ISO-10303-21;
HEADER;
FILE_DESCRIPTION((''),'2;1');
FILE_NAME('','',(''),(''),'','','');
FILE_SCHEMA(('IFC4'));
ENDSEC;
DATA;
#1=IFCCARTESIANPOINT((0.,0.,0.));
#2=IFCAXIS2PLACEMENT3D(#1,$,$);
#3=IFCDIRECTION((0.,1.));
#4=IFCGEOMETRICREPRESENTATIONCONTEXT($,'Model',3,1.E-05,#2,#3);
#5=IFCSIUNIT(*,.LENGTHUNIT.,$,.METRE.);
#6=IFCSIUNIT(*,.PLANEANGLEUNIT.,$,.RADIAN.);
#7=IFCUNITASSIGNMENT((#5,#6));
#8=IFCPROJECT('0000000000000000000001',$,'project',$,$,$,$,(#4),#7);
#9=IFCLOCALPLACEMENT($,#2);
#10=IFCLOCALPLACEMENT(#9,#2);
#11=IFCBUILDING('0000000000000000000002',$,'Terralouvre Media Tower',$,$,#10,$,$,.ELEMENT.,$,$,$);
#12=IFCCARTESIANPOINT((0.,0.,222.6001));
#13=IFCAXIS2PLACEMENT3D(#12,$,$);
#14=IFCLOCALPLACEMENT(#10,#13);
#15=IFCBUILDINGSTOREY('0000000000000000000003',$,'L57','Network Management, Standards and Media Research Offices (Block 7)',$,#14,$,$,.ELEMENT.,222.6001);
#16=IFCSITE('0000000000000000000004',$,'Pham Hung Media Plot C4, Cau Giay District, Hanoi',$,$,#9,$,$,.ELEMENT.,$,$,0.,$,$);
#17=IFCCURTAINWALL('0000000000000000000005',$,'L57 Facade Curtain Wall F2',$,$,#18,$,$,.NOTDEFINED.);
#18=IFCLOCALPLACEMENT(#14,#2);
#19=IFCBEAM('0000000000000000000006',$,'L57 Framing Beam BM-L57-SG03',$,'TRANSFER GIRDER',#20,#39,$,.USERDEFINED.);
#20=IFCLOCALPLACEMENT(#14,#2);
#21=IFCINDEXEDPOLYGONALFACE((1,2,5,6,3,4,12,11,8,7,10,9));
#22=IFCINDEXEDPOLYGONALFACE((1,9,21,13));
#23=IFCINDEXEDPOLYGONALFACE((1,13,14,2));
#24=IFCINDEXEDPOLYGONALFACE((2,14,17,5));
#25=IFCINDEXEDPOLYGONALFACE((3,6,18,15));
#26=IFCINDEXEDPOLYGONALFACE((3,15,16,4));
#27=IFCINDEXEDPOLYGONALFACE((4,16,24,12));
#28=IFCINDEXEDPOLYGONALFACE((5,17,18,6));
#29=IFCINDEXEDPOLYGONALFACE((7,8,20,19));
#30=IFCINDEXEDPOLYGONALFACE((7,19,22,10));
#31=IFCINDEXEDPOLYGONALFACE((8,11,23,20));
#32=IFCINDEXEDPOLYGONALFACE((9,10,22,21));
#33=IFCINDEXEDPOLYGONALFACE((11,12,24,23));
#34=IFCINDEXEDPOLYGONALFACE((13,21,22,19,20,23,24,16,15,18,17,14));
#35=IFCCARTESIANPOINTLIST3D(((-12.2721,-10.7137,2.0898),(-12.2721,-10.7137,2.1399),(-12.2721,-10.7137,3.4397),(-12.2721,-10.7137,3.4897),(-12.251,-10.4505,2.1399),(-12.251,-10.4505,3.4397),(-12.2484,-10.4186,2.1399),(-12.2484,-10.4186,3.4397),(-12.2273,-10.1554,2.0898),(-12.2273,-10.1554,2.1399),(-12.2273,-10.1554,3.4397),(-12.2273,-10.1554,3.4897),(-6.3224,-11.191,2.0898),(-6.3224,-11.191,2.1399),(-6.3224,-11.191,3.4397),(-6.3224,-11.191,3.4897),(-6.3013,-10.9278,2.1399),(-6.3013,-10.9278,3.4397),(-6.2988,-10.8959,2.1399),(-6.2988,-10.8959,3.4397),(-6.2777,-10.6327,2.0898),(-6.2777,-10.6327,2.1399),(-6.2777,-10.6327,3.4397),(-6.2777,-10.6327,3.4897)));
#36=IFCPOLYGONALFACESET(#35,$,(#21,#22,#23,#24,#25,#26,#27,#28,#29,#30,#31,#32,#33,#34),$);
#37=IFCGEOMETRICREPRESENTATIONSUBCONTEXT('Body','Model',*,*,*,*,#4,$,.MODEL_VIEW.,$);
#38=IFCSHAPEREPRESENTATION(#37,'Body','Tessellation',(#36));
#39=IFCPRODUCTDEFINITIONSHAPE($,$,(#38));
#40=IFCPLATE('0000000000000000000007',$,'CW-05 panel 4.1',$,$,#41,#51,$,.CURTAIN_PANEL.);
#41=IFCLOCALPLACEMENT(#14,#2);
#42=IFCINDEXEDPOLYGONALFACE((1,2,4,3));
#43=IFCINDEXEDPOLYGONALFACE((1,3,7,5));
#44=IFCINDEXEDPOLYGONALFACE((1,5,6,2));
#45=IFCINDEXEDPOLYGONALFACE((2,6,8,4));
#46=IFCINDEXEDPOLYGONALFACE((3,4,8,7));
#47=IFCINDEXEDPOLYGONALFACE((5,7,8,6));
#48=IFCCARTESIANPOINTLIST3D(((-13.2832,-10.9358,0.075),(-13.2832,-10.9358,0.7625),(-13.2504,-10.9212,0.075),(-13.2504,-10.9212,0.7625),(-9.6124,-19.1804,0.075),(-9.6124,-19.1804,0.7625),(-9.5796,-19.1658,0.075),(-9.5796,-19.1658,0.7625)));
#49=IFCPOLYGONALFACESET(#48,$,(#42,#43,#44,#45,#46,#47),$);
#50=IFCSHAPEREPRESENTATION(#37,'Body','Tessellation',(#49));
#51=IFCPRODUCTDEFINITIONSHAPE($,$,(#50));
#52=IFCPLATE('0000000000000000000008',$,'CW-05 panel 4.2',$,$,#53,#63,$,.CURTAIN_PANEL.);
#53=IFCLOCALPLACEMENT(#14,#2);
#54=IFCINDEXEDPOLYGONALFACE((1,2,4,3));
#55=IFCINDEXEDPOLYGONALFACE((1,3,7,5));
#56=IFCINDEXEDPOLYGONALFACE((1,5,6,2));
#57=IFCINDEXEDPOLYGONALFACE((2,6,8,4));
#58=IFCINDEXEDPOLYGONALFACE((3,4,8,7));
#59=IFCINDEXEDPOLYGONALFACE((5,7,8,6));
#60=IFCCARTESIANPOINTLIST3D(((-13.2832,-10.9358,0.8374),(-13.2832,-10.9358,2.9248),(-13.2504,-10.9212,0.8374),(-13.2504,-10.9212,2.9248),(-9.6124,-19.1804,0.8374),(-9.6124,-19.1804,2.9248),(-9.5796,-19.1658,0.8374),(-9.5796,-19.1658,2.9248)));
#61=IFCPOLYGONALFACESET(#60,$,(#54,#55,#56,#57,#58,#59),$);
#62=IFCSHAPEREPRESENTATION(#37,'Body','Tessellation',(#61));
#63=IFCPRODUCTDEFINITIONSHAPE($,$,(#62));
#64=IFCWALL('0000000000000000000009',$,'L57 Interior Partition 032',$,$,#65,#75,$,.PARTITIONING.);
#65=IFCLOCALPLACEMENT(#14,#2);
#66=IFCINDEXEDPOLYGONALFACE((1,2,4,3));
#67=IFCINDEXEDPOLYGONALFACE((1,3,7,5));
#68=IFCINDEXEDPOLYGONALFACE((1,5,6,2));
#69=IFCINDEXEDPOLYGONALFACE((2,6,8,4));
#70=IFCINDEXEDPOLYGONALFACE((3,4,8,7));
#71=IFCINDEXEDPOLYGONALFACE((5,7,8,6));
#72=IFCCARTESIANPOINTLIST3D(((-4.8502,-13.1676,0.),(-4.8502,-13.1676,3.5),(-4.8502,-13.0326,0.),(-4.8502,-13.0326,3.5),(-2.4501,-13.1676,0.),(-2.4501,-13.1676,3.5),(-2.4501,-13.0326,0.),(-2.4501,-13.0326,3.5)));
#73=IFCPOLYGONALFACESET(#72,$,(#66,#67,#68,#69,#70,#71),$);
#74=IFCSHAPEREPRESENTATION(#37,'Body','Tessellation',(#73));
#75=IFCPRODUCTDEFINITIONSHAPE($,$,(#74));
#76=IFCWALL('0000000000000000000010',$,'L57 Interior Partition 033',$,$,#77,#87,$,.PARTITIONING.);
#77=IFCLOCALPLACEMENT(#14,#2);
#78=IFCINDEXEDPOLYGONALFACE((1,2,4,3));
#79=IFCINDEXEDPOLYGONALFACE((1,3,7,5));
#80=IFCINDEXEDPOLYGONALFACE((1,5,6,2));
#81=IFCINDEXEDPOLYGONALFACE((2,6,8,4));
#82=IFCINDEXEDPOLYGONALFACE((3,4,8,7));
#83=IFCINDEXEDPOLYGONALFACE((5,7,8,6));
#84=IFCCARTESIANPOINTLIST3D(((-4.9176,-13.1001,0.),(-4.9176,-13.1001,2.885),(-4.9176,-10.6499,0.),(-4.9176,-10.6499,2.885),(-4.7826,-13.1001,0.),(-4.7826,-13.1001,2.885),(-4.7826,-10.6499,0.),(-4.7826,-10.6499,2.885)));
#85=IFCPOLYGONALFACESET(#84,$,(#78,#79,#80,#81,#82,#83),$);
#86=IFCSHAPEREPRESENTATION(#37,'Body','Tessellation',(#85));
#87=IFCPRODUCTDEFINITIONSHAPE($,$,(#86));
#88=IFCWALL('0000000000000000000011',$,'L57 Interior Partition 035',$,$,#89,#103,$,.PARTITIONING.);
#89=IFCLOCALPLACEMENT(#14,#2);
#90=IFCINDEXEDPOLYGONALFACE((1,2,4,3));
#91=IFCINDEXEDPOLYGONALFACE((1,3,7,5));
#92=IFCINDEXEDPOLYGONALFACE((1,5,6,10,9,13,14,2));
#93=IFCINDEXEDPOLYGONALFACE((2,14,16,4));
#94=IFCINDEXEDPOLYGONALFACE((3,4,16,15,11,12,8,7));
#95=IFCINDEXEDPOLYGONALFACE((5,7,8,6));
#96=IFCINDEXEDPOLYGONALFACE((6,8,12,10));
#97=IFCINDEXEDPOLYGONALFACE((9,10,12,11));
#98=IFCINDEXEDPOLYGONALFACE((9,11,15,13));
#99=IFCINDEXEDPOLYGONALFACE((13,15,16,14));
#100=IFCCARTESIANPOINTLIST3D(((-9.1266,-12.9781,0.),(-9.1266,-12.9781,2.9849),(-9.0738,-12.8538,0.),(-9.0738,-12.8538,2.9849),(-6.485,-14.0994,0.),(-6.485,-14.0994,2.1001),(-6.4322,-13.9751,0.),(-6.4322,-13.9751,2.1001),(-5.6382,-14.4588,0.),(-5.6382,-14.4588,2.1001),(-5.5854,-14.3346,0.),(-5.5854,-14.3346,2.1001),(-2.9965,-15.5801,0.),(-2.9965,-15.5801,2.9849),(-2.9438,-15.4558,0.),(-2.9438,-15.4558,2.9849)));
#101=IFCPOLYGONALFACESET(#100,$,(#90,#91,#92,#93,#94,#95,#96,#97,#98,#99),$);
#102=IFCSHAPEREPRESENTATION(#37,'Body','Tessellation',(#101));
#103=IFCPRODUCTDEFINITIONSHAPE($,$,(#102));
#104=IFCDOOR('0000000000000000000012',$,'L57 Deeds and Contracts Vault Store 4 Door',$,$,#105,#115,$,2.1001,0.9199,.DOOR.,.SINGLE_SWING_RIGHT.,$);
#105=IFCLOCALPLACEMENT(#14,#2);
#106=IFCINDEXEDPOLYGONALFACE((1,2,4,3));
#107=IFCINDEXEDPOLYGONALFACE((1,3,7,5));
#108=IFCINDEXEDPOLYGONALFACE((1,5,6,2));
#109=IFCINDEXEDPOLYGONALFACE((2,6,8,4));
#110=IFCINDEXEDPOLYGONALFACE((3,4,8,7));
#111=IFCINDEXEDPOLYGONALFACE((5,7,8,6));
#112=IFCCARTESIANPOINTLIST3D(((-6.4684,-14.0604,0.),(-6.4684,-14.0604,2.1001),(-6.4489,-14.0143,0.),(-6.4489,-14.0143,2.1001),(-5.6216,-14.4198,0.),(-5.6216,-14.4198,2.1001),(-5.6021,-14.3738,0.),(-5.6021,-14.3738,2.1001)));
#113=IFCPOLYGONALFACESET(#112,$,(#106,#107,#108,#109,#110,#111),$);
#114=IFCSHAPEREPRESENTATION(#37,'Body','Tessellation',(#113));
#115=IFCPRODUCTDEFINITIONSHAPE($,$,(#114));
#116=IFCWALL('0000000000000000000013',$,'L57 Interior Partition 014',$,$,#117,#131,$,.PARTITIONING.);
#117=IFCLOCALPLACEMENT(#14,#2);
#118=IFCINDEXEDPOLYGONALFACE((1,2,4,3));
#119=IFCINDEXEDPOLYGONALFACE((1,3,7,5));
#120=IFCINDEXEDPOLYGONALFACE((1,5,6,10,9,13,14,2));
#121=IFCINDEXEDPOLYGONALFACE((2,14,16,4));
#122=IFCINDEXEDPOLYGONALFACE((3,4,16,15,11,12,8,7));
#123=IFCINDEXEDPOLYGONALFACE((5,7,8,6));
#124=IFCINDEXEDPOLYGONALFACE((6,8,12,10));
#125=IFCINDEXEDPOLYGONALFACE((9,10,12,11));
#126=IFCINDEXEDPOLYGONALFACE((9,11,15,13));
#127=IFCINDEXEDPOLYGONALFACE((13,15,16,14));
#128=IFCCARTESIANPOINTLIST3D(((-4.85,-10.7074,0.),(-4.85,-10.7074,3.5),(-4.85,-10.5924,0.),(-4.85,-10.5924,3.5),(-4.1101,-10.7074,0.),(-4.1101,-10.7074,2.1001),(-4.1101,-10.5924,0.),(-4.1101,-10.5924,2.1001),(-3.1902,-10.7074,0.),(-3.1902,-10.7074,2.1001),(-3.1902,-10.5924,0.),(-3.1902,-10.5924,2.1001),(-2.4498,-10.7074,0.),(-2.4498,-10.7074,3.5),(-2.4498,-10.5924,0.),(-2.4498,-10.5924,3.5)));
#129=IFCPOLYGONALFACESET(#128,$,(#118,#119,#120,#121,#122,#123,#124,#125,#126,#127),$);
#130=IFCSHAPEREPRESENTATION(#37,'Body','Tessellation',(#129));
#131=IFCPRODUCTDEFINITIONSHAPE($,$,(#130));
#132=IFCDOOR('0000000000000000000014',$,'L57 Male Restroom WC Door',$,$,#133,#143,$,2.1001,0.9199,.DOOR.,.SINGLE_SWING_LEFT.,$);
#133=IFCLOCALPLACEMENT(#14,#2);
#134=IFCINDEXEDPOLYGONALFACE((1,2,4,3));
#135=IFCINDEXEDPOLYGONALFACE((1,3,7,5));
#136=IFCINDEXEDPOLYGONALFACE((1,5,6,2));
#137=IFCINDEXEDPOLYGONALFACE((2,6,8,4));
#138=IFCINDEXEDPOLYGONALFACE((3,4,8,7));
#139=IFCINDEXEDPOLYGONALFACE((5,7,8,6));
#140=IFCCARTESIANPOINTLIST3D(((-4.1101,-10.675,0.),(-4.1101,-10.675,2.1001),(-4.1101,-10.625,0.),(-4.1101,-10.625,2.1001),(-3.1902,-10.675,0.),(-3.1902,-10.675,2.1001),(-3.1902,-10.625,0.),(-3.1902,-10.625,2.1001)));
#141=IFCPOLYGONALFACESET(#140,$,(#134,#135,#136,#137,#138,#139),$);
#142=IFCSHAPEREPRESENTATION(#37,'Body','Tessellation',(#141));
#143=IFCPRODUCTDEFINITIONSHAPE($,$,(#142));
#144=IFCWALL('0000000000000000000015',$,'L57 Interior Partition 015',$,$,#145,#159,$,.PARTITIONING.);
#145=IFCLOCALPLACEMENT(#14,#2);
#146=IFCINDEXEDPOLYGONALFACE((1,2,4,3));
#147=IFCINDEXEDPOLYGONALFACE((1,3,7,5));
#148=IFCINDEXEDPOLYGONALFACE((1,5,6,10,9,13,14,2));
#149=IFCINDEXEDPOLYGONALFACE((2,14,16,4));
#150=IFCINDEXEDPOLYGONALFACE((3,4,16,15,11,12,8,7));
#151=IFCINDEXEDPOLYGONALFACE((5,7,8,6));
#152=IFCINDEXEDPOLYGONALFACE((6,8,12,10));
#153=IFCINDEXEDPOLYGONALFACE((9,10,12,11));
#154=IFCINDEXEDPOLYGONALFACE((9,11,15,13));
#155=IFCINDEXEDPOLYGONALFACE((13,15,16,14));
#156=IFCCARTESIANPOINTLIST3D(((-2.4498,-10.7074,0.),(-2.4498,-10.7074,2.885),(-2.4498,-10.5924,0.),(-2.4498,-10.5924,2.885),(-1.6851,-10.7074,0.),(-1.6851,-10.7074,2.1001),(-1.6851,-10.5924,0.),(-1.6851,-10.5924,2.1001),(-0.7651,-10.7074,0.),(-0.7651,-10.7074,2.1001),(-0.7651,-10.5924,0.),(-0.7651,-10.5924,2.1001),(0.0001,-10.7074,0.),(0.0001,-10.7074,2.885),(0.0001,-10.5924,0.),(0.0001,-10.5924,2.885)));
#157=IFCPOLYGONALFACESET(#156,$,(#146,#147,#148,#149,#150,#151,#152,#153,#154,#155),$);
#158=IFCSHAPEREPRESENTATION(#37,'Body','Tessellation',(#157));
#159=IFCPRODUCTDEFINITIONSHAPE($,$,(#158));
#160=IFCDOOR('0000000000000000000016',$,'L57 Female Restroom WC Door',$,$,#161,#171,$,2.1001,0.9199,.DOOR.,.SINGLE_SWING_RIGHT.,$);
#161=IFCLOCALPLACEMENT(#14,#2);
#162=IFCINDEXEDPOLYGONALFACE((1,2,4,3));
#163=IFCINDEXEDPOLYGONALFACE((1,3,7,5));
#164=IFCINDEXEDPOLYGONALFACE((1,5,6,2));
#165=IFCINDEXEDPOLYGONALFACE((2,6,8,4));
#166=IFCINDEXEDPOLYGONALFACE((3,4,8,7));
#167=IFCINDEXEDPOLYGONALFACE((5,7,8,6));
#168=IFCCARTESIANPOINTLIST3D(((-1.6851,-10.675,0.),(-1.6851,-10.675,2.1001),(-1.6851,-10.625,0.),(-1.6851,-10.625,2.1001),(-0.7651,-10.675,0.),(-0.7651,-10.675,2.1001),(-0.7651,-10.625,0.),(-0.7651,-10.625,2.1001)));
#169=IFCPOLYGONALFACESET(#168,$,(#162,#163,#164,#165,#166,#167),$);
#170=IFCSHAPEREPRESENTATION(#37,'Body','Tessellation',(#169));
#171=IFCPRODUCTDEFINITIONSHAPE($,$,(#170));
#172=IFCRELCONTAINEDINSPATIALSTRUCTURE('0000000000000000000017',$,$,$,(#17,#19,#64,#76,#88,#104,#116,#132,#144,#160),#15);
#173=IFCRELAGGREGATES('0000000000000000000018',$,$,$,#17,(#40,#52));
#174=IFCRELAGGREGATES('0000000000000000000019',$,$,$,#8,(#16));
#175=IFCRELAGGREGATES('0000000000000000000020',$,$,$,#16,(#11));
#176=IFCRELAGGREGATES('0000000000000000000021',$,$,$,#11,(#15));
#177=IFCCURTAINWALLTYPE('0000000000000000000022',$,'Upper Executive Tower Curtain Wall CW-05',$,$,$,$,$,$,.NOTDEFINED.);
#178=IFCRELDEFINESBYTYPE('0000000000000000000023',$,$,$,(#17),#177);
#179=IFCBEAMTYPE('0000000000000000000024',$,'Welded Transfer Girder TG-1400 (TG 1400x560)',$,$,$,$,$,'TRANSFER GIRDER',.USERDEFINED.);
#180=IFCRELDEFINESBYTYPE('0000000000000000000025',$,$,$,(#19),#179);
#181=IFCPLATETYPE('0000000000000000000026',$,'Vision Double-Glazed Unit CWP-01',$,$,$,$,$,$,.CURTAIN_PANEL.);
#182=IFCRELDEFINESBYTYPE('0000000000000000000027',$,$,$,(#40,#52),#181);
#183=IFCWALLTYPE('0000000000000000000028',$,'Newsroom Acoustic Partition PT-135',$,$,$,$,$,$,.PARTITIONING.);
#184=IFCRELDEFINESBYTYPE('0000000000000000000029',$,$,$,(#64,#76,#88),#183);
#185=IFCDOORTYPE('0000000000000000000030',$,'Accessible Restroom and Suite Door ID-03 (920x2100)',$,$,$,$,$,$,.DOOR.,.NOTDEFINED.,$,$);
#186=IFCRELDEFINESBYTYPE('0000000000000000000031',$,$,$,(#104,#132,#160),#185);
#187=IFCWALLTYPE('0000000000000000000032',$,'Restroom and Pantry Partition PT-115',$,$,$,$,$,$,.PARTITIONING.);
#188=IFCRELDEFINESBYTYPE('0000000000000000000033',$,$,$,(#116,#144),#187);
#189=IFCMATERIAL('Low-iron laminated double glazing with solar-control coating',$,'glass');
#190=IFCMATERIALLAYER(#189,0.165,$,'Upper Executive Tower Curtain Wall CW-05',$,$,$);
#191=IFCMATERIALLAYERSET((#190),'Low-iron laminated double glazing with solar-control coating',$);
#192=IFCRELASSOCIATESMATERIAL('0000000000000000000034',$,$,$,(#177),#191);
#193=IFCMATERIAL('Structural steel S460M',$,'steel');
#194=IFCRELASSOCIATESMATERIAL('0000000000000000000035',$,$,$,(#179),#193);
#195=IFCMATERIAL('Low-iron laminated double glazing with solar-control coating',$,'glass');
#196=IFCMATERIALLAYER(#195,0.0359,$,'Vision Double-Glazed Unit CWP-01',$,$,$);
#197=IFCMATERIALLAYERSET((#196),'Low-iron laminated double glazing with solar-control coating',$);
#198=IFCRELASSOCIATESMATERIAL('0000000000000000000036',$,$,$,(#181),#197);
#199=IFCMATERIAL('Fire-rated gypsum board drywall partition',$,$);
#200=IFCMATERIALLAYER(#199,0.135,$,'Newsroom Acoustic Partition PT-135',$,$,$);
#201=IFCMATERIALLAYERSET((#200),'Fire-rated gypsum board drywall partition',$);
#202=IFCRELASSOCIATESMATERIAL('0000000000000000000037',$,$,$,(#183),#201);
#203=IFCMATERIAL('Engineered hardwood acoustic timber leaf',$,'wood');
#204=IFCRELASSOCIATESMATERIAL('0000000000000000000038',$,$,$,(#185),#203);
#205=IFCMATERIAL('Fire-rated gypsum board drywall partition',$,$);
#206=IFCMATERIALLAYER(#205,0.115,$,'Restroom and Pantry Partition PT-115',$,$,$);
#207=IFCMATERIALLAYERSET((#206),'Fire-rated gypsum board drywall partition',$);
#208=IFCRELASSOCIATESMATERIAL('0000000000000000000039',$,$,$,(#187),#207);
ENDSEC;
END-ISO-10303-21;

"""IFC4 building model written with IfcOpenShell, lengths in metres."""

from ifc_helpers import new_model, si_unit, direction, frame, frame_2d, origin, origin_2d, place, context, subcontext, project, spatial, rectangle, i_section, extrude, material, layer, layer_set, material_profile, profile_set, type_object, element, fill, aggregate, save


model = new_model("IFC4")

# Units and contexts
model_context = context("Model", 3, precision=1e-05, world=origin(), true_north=direction((0.0, 1.0)))
body_context = subcontext(model_context, "Body", "Model", "MODEL_VIEW")
ifc_project = project(units=[si_unit("LENGTHUNIT", "METRE"), si_unit("PLANEANGLEUNIT", "RADIAN")], contexts=[model_context])

# Site, building, storey
site_placement = place(None, origin())
site = spatial("IfcSite", under=ifc_project, at=site_placement, Name="Pham Hung Media Plot C4, Cau Giay District, Hanoi", CompositionType="ELEMENT", RefElevation=0.0)
building_placement = place(site_placement, origin())
building = spatial("IfcBuilding", under=site, at=building_placement, Name="Terralouvre Media Tower", CompositionType="ELEMENT")
storey_placement = place(building_placement, frame((0.0, 0.0, 222.6001)))
storey = spatial("IfcBuildingStorey", under=building, at=storey_placement, Name="L57", Description="Network Management, Standards and Media Research Offices (Block 7)", CompositionType="ELEMENT", Elevation=222.6001)

# Curtain wall
ifc_material_1 = material(Name="Low-iron laminated double glazing with solar-control coating", Category="glass")
ifc_layer_1 = layer(ifc_material_1, 0.165, Name="Upper Executive Tower Curtain Wall CW-05")
ifc_layer_set_1 = layer_set([ifc_layer_1], Name="Low-iron laminated double glazing with solar-control coating")
curtain_wall_type = type_object("IfcCurtainWallType", Name="Upper Executive Tower Curtain Wall CW-05", PredefinedType="NOTDEFINED", material=ifc_layer_set_1)
curtain_wall_placement = place(storey_placement, origin())
curtain_wall = element("IfcCurtainWall", 1, at=curtain_wall_placement, inside=storey, type_object=curtain_wall_type, Name="L57 Facade Curtain Wall F2", PredefinedType="NOTDEFINED")

# Beam
ifc_material_2 = material(Name="Structural steel S460M", Category="steel")
ifc_material_profile_1 = material_profile(ifc_material_2, i_section(OverallWidth=0.5601, OverallDepth=1.3999, WebThickness=0.032, FlangeThickness=0.05, at=origin_2d()), Name="TG 1400x560")
ifc_profile_set_1 = profile_set([ifc_material_profile_1], Name="Structural steel S460M")
beam_type_1 = type_object("IfcBeamType", Name="Welded Transfer Girder TG-1400 (TG 1400x560)", ElementType="TRANSFER GIRDER", PredefinedType="USERDEFINED", material=ifc_profile_set_1)
beam_1_placement = place(storey_placement, frame((-6.3, -10.9119, 2.7898), z_axis=(-0.996798, 0.079965, 0.0), x_axis=(-0.079965, -0.996798, 0.0)))
element("IfcBeam", 2, at=beam_1_placement, inside=storey, type_object=beam_type_1, Name="L57 Framing Beam BM-L57-SG03", ObjectType="TRANSFER GIRDER", PredefinedType="USERDEFINED", context=body_context, shape_type="SweptSolid", body=[
    extrude(i_section(OverallWidth=0.5601, OverallDepth=1.3999, WebThickness=0.032, FlangeThickness=0.05, at=origin_2d()), origin(), (0.0, 0.0, 1.0), 5.9688),
])

# Plates
ifc_material_3 = material(Name="Low-iron laminated double glazing with solar-control coating", Category="glass")
ifc_layer_2 = layer(ifc_material_3, 0.0359, Name="Vision Double-Glazed Unit CWP-01")
ifc_layer_set_2 = layer_set([ifc_layer_2], Name="Low-iron laminated double glazing with solar-control coating")
plate_type = type_object("IfcPlateType", Name="Vision Double-Glazed Unit CWP-01", PredefinedType="CURTAIN_PANEL", material=ifc_layer_set_2)
plate_1_placement = place(storey_placement, frame((-11.4314, -15.0508, 0.075), z_axis=(0.0, 0.0, 1.0), x_axis=(0.406737, -0.913545, 0.0)))
plate_1 = element("IfcPlate", 3, at=plate_1_placement, type_object=plate_type, Name="CW-05 panel 4.1", PredefinedType="CURTAIN_PANEL", context=body_context, shape_type="SweptSolid", body=[
    extrude(rectangle(XDim=9.0249, YDim=0.0359, at=origin_2d()), origin(), (0.0, 0.0, 1.0), 0.6875),
])
plate_2_placement = place(storey_placement, frame((-11.4314, -15.0508, 0.8374), z_axis=(0.0, 0.0, 1.0), x_axis=(0.406737, -0.913545, 0.0)))
plate_2 = element("IfcPlate", 4, at=plate_2_placement, type_object=plate_type, Name="CW-05 panel 4.2", PredefinedType="CURTAIN_PANEL", context=body_context, shape_type="SweptSolid", body=[
    extrude(rectangle(XDim=9.0249, YDim=0.0359, at=origin_2d()), origin(), (0.0, 0.0, 1.0), 2.0874),
])
aggregate(curtain_wall, [plate_1, plate_2])

# Shared definitions
ifc_material_4 = material(Name="Fire-rated gypsum board drywall partition")
ifc_layer_3 = layer(ifc_material_4, 0.135, Name="Newsroom Acoustic Partition PT-135")
ifc_layer_set_3 = layer_set([ifc_layer_3], Name="Fire-rated gypsum board drywall partition")
wall_type_1 = type_object("IfcWallType", Name="Newsroom Acoustic Partition PT-135", PredefinedType="PARTITIONING", material=ifc_layer_set_3)

# Walls
wall_1_placement = place(storey_placement, frame((-2.45, -13.1001, 0.0), z_axis=(0.0, 0.0, 1.0), x_axis=(-1.0, 0.0, 0.0)))
element("IfcWall", 5, at=wall_1_placement, inside=storey, type_object=wall_type_1, Name="L57 Interior Partition 032", PredefinedType="PARTITIONING", context=body_context, shape_type="SweptSolid", body=[
    extrude(rectangle(XDim=2.4001, YDim=0.135, at=frame_2d((1.2002, 0.0))), origin(), (0.0, 0.0, 1.0), 3.5),
])
wall_2_placement = place(storey_placement, frame((-4.8501, -13.1001, 0.0), z_axis=(0.0, 0.0, 1.0), x_axis=(0.0, 1.0, 0.0)))
element("IfcWall", 6, at=wall_2_placement, inside=storey, type_object=wall_type_1, Name="L57 Interior Partition 033", PredefinedType="PARTITIONING", context=body_context, shape_type="SweptSolid", body=[
    extrude(rectangle(XDim=2.4502, YDim=0.135, at=frame_2d((1.2251, 0.0))), origin(), (0.0, 0.0, 1.0), 2.885),
])

# Walls, openings, doors
wall_3_placement = place(storey_placement, frame((-9.1001, -12.916, 0.0), z_axis=(0.0, 0.0, 1.0), x_axis=(0.920507, -0.390727, 0.0)))
wall_3 = element("IfcWall", 7, at=wall_3_placement, inside=storey, type_object=wall_type_1, Name="L57 Interior Partition 035", PredefinedType="PARTITIONING", context=body_context, shape_type="SweptSolid", body=[
    extrude(rectangle(XDim=6.6594, YDim=0.135, at=frame_2d((3.3296, 0.0))), origin(), (0.0, 0.0, 1.0), 2.9849),
])
opening_1_placement = place(wall_3_placement, frame((2.8696, 0.0, 0.0)))
opening_1 = element("IfcOpeningElement", 8, at=opening_1_placement, cuts=wall_3, PredefinedType="OPENING", context=body_context, shape_type="SweptSolid", body=[
    extrude(rectangle(XDim=0.9199, YDim=2.1001, at=frame_2d((0.46, 1.05))), frame((0.0, 0.0774, 0.0), z_axis=(0.0, -1.0, 0.0), x_axis=(1.0, 0.0, 0.0)), (0.0, 0.0, 1.0), 0.155),
])
ifc_material_5 = material(Name="Engineered hardwood acoustic timber leaf", Category="wood")
door_type_1 = type_object("IfcDoorType", Name="Accessible Restroom and Suite Door ID-03 (920x2100)", OperationType="NOTDEFINED", PredefinedType="DOOR", material=ifc_material_5)
door_1_placement = place(opening_1_placement, origin())
door_1 = element("IfcDoor", 9, at=door_1_placement, inside=storey, type_object=door_type_1, Name="L57 Deeds and Contracts Vault Store 4 Door", OperationType="SINGLE_SWING_RIGHT", OverallHeight=2.1001, OverallWidth=0.9199, PredefinedType="DOOR", context=body_context, shape_type="SweptSolid", body=[
    extrude(rectangle(XDim=0.9199, YDim=2.1001, at=frame_2d((0.46, 1.05))), frame((0.0, 0.0249, 0.0), z_axis=(0.0, -1.0, 0.0), x_axis=(1.0, 0.0, 0.0)), (0.0, 0.0, 1.0), 0.05),
])
fill(opening_1, door_1)
ifc_material_6 = material(Name="Fire-rated gypsum board drywall partition")
ifc_layer_4 = layer(ifc_material_6, 0.115, Name="Restroom and Pantry Partition PT-115")
ifc_layer_set_4 = layer_set([ifc_layer_4], Name="Fire-rated gypsum board drywall partition")
wall_type_2 = type_object("IfcWallType", Name="Restroom and Pantry Partition PT-115", PredefinedType="PARTITIONING", material=ifc_layer_set_4)
wall_4_placement = place(storey_placement, frame((-4.8501, -10.6499, 0.0), z_axis=(0.0, 0.0, 1.0), x_axis=(1.0, 0.0, 0.0)))
wall_4 = element("IfcWall", 10, at=wall_4_placement, inside=storey, type_object=wall_type_2, Name="L57 Interior Partition 014", PredefinedType="PARTITIONING", context=body_context, shape_type="SweptSolid", body=[
    extrude(rectangle(XDim=2.4001, YDim=0.115, at=frame_2d((1.2002, 0.0))), origin(), (0.0, 0.0, 1.0), 3.5),
])
opening_2_placement = place(wall_4_placement, frame((0.74, 0.0, 0.0)))
opening_2 = element("IfcOpeningElement", 11, at=opening_2_placement, cuts=wall_4, PredefinedType="OPENING", context=body_context, shape_type="SweptSolid", body=[
    extrude(rectangle(XDim=0.9199, YDim=2.1001, at=frame_2d((0.46, 1.05))), frame((0.0, 0.0674, 0.0), z_axis=(0.0, -1.0, 0.0), x_axis=(1.0, 0.0, 0.0)), (0.0, 0.0, 1.0), 0.135),
])
door_2_placement = place(opening_2_placement, origin())
door_2 = element("IfcDoor", 12, at=door_2_placement, inside=storey, type_object=door_type_1, Name="L57 Male Restroom WC Door", OperationType="SINGLE_SWING_LEFT", OverallHeight=2.1001, OverallWidth=0.9199, PredefinedType="DOOR", context=body_context, shape_type="SweptSolid", body=[
    extrude(rectangle(XDim=0.9199, YDim=2.1001, at=frame_2d((0.46, 1.05))), frame((0.0, 0.0249, 0.0), z_axis=(0.0, -1.0, 0.0), x_axis=(1.0, 0.0, 0.0)), (0.0, 0.0, 1.0), 0.05),
])
fill(opening_2, door_2)
wall_5_placement = place(storey_placement, frame((-2.45, -10.6499, 0.0), z_axis=(0.0, 0.0, 1.0), x_axis=(1.0, 0.0, 0.0)))
wall_5 = element("IfcWall", 13, at=wall_5_placement, inside=storey, type_object=wall_type_2, Name="L57 Interior Partition 015", PredefinedType="PARTITIONING", context=body_context, shape_type="SweptSolid", body=[
    extrude(rectangle(XDim=2.45, YDim=0.115, at=frame_2d((1.2251, 0.0))), origin(), (0.0, 0.0, 1.0), 2.885),
])
opening_3_placement = place(wall_5_placement, frame((0.7649, 0.0, 0.0)))
opening_3 = element("IfcOpeningElement", 14, at=opening_3_placement, cuts=wall_5, PredefinedType="OPENING", context=body_context, shape_type="SweptSolid", body=[
    extrude(rectangle(XDim=0.9199, YDim=2.1001, at=frame_2d((0.46, 1.05))), frame((0.0, 0.0674, 0.0), z_axis=(0.0, -1.0, 0.0), x_axis=(1.0, 0.0, 0.0)), (0.0, 0.0, 1.0), 0.135),
])
door_3_placement = place(opening_3_placement, origin())
door_3 = element("IfcDoor", 15, at=door_3_placement, inside=storey, type_object=door_type_1, Name="L57 Female Restroom WC Door", OperationType="SINGLE_SWING_RIGHT", OverallHeight=2.1001, OverallWidth=0.9199, PredefinedType="DOOR", context=body_context, shape_type="SweptSolid", body=[
    extrude(rectangle(XDim=0.9199, YDim=2.1001, at=frame_2d((0.46, 1.05))), frame((0.0, 0.0249, 0.0), z_axis=(0.0, -1.0, 0.0), x_axis=(1.0, 0.0, 0.0)), (0.0, 0.0, 1.0), 0.05),
])
fill(opening_3, door_3)

save(model, "model.ifc")
